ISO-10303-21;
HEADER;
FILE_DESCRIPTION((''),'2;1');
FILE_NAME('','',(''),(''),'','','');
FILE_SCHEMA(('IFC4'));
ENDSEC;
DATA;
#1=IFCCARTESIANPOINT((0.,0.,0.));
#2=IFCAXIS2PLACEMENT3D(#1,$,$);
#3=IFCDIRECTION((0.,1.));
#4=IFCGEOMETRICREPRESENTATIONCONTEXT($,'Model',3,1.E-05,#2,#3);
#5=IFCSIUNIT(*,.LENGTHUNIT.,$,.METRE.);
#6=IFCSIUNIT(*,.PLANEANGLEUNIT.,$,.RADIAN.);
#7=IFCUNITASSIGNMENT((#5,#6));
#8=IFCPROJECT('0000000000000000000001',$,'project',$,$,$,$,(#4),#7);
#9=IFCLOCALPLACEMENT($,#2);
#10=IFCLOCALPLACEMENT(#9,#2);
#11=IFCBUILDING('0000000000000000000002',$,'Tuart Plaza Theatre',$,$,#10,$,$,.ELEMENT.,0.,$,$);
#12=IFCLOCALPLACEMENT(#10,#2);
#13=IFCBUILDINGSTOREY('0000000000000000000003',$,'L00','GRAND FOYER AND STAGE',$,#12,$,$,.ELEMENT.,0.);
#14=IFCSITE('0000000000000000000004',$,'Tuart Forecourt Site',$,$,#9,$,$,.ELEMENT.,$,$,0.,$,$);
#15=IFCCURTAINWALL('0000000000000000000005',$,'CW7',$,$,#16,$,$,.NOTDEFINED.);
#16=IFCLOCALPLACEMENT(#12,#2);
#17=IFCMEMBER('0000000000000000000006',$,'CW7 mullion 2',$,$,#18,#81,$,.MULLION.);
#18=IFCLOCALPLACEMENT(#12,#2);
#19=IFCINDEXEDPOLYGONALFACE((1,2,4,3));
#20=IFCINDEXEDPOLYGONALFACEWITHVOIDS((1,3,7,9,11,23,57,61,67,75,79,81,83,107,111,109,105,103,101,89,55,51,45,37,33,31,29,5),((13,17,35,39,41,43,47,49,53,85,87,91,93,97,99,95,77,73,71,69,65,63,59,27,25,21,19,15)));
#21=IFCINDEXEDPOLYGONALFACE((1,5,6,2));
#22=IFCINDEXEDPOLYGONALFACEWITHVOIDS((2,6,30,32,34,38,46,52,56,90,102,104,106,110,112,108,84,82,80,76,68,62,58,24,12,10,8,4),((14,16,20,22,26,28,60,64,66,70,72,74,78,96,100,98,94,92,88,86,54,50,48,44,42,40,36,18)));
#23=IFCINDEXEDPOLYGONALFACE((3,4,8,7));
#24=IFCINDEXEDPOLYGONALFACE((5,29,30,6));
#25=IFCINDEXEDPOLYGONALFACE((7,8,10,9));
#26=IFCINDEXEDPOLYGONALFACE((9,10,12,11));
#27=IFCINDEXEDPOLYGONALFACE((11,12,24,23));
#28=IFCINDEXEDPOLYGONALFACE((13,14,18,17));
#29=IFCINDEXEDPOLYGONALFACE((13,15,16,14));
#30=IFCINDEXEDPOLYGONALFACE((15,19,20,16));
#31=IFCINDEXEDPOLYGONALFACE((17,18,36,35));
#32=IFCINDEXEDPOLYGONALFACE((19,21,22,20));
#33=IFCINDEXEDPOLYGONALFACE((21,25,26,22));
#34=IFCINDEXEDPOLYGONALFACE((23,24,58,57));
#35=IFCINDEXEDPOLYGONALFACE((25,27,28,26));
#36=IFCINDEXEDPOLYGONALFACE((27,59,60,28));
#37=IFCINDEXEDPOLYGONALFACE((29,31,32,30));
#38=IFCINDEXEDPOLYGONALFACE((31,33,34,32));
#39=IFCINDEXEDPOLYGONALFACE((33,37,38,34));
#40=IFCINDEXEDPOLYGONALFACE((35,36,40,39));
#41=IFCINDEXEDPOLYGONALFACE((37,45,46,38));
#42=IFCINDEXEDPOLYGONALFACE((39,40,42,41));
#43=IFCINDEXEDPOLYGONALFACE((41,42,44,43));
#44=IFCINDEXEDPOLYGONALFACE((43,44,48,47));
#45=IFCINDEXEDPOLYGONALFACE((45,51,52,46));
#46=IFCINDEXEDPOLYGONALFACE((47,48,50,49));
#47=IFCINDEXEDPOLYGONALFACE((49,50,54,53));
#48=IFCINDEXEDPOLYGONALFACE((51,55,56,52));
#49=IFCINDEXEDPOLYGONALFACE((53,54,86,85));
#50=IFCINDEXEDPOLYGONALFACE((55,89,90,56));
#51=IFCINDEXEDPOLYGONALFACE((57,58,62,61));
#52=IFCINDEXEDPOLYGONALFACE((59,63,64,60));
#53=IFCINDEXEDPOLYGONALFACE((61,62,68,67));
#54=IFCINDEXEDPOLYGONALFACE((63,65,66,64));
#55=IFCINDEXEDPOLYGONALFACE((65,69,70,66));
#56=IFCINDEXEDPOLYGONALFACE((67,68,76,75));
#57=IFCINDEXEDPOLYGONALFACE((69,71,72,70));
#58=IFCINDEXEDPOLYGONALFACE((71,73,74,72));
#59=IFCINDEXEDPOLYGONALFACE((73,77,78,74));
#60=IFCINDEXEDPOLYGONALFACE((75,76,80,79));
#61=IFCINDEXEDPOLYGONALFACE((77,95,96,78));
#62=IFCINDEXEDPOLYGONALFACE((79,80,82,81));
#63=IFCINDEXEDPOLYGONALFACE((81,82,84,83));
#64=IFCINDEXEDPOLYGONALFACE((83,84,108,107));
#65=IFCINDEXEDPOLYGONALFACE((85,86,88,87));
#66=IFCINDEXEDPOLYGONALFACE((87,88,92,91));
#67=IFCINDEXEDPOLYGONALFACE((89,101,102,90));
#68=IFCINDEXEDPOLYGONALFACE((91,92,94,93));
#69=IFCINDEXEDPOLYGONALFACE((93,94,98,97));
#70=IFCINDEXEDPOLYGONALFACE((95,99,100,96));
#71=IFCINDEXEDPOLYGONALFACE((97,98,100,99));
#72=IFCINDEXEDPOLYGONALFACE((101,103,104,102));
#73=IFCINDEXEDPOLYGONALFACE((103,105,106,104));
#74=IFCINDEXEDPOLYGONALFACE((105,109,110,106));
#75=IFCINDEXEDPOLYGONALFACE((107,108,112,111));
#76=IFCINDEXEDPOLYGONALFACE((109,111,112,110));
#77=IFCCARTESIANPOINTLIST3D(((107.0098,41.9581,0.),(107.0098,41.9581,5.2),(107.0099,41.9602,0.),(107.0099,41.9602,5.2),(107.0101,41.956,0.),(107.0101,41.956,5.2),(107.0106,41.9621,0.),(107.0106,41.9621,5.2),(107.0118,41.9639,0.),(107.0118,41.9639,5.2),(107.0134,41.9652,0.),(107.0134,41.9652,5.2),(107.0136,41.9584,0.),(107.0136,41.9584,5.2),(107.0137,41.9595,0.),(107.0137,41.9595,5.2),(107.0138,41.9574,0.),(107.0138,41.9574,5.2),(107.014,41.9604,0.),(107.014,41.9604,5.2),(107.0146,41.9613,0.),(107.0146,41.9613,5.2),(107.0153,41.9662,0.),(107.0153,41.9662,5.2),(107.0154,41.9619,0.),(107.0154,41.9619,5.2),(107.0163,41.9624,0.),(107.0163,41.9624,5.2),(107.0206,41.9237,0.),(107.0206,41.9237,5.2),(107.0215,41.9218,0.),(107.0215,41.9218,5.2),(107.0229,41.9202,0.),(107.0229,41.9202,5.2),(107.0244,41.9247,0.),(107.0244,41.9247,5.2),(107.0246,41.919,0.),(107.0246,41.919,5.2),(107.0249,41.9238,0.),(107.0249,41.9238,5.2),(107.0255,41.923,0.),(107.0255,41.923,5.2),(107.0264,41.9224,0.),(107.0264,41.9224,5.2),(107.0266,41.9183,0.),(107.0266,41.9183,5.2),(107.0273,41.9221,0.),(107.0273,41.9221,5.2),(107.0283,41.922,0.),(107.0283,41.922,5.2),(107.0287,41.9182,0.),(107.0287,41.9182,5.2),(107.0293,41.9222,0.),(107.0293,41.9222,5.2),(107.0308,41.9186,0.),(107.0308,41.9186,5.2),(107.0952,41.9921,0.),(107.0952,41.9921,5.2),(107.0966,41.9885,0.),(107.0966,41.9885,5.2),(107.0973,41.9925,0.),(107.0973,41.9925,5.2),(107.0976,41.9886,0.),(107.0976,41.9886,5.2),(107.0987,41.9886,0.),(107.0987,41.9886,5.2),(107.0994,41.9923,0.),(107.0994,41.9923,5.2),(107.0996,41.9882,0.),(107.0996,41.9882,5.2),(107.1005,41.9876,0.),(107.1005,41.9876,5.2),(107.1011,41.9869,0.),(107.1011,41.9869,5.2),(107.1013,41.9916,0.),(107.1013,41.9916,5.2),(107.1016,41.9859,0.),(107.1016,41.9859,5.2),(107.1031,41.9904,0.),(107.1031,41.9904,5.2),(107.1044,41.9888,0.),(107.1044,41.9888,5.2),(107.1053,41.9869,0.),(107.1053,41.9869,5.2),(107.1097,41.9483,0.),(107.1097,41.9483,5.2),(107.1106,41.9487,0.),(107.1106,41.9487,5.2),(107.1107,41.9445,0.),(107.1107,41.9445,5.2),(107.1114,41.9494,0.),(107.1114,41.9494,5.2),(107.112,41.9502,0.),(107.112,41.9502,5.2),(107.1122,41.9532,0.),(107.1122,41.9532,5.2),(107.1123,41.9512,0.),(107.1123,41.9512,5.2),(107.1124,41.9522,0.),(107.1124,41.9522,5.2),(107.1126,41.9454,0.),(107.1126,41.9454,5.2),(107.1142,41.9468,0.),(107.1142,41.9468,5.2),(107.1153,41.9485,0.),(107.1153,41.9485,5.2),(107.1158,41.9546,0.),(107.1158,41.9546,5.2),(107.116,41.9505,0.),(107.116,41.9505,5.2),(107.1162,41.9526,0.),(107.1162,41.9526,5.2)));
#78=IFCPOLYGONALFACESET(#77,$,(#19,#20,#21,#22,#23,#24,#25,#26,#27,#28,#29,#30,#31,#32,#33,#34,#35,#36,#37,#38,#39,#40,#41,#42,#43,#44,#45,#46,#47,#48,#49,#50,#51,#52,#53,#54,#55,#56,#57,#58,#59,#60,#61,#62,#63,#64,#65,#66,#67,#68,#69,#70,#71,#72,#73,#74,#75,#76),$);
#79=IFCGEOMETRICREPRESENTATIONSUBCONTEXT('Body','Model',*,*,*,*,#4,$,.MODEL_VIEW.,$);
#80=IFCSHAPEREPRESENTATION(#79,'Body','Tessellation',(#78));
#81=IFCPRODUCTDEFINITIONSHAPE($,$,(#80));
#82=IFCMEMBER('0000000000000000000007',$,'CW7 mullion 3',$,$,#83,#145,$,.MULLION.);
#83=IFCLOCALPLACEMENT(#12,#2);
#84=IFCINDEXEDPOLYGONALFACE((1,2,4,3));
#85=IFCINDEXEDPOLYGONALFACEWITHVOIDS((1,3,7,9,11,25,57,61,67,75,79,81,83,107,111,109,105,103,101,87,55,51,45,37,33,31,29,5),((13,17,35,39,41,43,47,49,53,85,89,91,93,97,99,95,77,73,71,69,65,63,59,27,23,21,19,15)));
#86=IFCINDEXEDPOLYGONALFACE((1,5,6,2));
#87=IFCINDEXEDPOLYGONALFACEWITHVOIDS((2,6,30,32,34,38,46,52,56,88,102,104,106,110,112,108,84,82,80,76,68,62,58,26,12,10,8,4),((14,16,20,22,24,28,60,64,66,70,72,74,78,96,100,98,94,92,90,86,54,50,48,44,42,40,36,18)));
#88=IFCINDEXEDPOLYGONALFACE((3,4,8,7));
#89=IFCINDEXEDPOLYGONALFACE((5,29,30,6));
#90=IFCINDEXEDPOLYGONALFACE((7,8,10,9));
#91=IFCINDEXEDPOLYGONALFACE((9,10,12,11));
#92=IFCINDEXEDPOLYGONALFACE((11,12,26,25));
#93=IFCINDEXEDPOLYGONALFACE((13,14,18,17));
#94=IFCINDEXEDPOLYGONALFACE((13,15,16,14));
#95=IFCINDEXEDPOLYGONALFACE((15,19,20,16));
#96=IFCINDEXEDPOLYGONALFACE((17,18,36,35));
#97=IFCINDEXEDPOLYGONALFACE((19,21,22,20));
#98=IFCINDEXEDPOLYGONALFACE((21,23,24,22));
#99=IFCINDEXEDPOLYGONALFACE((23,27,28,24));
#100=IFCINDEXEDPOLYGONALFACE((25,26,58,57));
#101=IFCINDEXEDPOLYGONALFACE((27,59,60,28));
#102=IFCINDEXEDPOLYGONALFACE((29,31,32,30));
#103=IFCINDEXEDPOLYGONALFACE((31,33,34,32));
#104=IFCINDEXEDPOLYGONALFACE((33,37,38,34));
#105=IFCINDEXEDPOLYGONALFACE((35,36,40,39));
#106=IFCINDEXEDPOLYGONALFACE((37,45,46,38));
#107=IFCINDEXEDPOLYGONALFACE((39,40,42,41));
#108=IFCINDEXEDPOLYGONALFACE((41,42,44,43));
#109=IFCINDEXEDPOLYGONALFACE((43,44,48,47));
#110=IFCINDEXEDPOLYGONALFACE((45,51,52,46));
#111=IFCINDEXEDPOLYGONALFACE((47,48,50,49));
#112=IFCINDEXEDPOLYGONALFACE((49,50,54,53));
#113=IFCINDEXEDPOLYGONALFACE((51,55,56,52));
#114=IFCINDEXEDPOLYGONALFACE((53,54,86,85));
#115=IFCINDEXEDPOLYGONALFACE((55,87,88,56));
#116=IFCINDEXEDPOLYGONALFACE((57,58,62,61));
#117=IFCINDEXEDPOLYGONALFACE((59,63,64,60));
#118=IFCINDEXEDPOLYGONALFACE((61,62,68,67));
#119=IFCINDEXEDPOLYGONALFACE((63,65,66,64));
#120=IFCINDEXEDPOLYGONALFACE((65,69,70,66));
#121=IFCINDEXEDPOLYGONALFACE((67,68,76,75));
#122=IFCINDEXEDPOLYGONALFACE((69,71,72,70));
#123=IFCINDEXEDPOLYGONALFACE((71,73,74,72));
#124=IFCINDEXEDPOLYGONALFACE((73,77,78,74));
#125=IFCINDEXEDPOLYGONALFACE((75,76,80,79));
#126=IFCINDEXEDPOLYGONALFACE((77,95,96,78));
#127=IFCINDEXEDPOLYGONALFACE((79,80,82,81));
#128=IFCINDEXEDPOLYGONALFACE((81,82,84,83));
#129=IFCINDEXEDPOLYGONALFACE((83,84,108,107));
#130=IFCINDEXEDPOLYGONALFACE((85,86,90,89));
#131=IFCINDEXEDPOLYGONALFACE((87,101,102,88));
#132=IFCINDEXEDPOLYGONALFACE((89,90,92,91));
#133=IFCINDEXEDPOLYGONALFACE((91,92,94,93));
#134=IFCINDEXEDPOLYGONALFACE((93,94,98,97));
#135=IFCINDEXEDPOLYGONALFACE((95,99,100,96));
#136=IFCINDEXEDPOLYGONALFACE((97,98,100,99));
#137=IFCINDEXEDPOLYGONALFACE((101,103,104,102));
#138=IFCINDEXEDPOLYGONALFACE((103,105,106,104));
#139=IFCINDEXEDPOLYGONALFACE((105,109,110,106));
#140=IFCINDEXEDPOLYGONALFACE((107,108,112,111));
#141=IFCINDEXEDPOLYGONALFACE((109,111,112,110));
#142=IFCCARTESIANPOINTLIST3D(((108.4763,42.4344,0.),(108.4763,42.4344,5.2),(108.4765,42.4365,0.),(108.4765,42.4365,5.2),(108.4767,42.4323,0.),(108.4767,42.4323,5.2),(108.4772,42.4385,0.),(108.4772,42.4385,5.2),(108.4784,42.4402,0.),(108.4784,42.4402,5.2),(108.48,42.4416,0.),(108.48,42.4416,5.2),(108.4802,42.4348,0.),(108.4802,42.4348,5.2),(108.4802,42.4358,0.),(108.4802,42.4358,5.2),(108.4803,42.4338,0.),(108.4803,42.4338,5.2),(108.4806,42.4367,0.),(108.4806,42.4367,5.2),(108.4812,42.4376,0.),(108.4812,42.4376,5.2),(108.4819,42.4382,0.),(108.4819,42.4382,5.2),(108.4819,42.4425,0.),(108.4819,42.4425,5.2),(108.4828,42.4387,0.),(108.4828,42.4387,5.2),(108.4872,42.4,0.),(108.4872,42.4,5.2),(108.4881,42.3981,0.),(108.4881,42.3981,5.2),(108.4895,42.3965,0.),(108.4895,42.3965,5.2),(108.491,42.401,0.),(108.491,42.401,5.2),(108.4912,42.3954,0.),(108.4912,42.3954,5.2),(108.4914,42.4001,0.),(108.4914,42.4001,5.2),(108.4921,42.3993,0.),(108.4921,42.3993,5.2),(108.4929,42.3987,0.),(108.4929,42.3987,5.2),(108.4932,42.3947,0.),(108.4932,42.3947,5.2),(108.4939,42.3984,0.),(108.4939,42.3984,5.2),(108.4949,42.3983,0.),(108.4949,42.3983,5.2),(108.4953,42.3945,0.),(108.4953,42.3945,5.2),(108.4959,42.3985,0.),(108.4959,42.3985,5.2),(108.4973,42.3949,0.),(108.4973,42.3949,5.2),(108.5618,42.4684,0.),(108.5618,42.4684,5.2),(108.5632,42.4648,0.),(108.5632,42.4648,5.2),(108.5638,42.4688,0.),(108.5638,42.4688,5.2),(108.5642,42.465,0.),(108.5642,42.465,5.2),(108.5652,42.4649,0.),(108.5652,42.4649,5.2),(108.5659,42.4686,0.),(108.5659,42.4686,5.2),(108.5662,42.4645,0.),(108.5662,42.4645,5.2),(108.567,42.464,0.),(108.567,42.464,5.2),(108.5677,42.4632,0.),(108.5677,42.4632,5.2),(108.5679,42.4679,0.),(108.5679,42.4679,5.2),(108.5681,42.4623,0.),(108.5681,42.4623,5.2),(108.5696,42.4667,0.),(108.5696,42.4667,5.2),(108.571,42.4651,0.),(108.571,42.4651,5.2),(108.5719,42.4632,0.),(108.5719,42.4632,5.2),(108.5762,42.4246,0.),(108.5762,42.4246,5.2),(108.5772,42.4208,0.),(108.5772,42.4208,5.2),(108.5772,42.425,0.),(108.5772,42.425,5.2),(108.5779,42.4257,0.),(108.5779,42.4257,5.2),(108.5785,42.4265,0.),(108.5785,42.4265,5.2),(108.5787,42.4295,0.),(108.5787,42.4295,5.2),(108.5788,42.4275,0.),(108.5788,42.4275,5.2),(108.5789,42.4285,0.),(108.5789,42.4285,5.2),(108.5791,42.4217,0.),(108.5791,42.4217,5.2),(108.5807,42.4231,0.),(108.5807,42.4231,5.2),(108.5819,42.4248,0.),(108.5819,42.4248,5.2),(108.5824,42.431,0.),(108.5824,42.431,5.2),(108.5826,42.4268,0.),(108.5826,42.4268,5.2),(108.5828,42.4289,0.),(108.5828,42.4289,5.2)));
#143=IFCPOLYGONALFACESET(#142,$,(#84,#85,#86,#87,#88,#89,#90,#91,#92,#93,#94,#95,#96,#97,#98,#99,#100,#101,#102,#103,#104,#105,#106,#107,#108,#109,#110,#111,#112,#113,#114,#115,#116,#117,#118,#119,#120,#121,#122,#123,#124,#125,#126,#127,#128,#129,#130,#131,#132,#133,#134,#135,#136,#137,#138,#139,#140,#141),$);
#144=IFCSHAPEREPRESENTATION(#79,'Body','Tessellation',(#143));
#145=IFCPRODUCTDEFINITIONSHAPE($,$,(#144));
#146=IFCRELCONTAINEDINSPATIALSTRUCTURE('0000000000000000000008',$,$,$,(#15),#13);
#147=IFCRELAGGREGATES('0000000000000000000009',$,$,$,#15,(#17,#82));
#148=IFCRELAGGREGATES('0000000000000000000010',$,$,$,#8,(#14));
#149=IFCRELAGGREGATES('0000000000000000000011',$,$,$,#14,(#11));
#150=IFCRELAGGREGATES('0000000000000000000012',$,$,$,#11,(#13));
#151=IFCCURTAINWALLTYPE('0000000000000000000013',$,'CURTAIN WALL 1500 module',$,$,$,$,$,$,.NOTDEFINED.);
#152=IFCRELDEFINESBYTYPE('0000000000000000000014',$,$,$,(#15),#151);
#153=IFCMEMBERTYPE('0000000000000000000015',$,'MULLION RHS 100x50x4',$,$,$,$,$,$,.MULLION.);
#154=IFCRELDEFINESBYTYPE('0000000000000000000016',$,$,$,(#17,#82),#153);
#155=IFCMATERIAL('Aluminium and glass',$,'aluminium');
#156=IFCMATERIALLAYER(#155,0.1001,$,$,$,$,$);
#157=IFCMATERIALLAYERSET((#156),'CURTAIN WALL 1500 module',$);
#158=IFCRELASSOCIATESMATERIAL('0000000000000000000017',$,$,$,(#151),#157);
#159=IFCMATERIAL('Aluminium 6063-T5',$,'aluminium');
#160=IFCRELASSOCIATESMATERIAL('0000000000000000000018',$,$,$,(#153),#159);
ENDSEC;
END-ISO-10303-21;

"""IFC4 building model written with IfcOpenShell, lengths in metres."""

from ifc_helpers import new_model, si_unit, direction, frame, origin, origin_2d, place, context, subcontext, project, spatial, hollow_rectangle, extrude, material, layer, layer_set, material_profile, profile_set, type_object, element, aggregate, save


model = new_model("IFC4")

# Units and contexts
model_context = context("Model", 3, precision=1e-05, world=origin(), true_north=direction((0.0, 1.0)))
body_context = subcontext(model_context, "Body", "Model", "MODEL_VIEW")
ifc_project = project(units=[si_unit("LENGTHUNIT", "METRE"), si_unit("PLANEANGLEUNIT", "RADIAN")], contexts=[model_context])

# Site, building, storey
site_placement = place(None, origin())
site = spatial("IfcSite", under=ifc_project, at=site_placement, Name="Tuart Forecourt Site", CompositionType="ELEMENT", RefElevation=0.0)
building_placement = place(site_placement, origin())
building = spatial("IfcBuilding", under=site, at=building_placement, Name="Tuart Plaza Theatre", CompositionType="ELEMENT", ElevationOfRefHeight=0.0)
storey_placement = place(building_placement, origin())
storey = spatial("IfcBuildingStorey", under=building, at=storey_placement, Name="L00", Description="GRAND FOYER AND STAGE", CompositionType="ELEMENT", Elevation=0.0)

# Curtain wall, members
ifc_material_1 = material(Name="Aluminium and glass", Category="aluminium")
ifc_layer_1 = layer(ifc_material_1, 0.1001)
ifc_layer_set_1 = layer_set([ifc_layer_1], Name="CURTAIN WALL 1500 module")
curtain_wall_type = type_object("IfcCurtainWallType", Name="CURTAIN WALL 1500 module", PredefinedType="NOTDEFINED", material=ifc_layer_set_1)
curtain_wall_1_placement = place(storey_placement, origin())
curtain_wall_1 = element("IfcCurtainWall", 1, at=curtain_wall_1_placement, inside=storey, type_object=curtain_wall_type, Name="CW7", PredefinedType="NOTDEFINED")
ifc_material_2 = material(Name="Aluminium 6063-T5", Category="aluminium")
ifc_material_profile_1 = material_profile(ifc_material_2, hollow_rectangle(XDim=0.05, YDim=0.1001, WallThickness=0.0039, InnerFilletRadius=0.0039, OuterFilletRadius=0.0081, at=origin_2d()), Name="RHS 100x50x4")
ifc_profile_set_1 = profile_set([ifc_material_profile_1], Name="Aluminium 6063-T5")
member_type_1 = type_object("IfcMemberType", Name="MULLION RHS 100x50x4", PredefinedType="MULLION", material=ifc_profile_set_1)
member_1_placement = place(storey_placement, frame((107.063, 41.9553, 0.0), z_axis=(0.0, 0.0, 1.0), x_axis=(-0.308885, 0.951099, 0.0)))
member_1 = element("IfcMember", 2, at=member_1_placement, type_object=member_type_1, Name="CW7 mullion 2", PredefinedType="MULLION", context=body_context, shape_type="SweptSolid", body=[
    extrude(hollow_rectangle(XDim=0.05, YDim=0.1001, WallThickness=0.0039, InnerFilletRadius=0.0039, OuterFilletRadius=0.0081, at=origin_2d()), origin(), (0.0, 0.0, 1.0), 5.2),
])
member_2_placement = place(storey_placement, frame((108.5295, 42.4316, 0.0), z_axis=(0.0, 0.0, 1.0), x_axis=(-0.308885, 0.951099, 0.0)))
member_2 = element("IfcMember", 3, at=member_2_placement, type_object=member_type_1, Name="CW7 mullion 3", PredefinedType="MULLION", context=body_context, shape_type="SweptSolid", body=[
    extrude(hollow_rectangle(XDim=0.05, YDim=0.1001, WallThickness=0.0039, InnerFilletRadius=0.0039, OuterFilletRadius=0.0081, at=origin_2d()), origin(), (0.0, 0.0, 1.0), 5.2),
])

aggregate(curtain_wall_1, [member_1, member_2])

save(model, "model.ifc")
